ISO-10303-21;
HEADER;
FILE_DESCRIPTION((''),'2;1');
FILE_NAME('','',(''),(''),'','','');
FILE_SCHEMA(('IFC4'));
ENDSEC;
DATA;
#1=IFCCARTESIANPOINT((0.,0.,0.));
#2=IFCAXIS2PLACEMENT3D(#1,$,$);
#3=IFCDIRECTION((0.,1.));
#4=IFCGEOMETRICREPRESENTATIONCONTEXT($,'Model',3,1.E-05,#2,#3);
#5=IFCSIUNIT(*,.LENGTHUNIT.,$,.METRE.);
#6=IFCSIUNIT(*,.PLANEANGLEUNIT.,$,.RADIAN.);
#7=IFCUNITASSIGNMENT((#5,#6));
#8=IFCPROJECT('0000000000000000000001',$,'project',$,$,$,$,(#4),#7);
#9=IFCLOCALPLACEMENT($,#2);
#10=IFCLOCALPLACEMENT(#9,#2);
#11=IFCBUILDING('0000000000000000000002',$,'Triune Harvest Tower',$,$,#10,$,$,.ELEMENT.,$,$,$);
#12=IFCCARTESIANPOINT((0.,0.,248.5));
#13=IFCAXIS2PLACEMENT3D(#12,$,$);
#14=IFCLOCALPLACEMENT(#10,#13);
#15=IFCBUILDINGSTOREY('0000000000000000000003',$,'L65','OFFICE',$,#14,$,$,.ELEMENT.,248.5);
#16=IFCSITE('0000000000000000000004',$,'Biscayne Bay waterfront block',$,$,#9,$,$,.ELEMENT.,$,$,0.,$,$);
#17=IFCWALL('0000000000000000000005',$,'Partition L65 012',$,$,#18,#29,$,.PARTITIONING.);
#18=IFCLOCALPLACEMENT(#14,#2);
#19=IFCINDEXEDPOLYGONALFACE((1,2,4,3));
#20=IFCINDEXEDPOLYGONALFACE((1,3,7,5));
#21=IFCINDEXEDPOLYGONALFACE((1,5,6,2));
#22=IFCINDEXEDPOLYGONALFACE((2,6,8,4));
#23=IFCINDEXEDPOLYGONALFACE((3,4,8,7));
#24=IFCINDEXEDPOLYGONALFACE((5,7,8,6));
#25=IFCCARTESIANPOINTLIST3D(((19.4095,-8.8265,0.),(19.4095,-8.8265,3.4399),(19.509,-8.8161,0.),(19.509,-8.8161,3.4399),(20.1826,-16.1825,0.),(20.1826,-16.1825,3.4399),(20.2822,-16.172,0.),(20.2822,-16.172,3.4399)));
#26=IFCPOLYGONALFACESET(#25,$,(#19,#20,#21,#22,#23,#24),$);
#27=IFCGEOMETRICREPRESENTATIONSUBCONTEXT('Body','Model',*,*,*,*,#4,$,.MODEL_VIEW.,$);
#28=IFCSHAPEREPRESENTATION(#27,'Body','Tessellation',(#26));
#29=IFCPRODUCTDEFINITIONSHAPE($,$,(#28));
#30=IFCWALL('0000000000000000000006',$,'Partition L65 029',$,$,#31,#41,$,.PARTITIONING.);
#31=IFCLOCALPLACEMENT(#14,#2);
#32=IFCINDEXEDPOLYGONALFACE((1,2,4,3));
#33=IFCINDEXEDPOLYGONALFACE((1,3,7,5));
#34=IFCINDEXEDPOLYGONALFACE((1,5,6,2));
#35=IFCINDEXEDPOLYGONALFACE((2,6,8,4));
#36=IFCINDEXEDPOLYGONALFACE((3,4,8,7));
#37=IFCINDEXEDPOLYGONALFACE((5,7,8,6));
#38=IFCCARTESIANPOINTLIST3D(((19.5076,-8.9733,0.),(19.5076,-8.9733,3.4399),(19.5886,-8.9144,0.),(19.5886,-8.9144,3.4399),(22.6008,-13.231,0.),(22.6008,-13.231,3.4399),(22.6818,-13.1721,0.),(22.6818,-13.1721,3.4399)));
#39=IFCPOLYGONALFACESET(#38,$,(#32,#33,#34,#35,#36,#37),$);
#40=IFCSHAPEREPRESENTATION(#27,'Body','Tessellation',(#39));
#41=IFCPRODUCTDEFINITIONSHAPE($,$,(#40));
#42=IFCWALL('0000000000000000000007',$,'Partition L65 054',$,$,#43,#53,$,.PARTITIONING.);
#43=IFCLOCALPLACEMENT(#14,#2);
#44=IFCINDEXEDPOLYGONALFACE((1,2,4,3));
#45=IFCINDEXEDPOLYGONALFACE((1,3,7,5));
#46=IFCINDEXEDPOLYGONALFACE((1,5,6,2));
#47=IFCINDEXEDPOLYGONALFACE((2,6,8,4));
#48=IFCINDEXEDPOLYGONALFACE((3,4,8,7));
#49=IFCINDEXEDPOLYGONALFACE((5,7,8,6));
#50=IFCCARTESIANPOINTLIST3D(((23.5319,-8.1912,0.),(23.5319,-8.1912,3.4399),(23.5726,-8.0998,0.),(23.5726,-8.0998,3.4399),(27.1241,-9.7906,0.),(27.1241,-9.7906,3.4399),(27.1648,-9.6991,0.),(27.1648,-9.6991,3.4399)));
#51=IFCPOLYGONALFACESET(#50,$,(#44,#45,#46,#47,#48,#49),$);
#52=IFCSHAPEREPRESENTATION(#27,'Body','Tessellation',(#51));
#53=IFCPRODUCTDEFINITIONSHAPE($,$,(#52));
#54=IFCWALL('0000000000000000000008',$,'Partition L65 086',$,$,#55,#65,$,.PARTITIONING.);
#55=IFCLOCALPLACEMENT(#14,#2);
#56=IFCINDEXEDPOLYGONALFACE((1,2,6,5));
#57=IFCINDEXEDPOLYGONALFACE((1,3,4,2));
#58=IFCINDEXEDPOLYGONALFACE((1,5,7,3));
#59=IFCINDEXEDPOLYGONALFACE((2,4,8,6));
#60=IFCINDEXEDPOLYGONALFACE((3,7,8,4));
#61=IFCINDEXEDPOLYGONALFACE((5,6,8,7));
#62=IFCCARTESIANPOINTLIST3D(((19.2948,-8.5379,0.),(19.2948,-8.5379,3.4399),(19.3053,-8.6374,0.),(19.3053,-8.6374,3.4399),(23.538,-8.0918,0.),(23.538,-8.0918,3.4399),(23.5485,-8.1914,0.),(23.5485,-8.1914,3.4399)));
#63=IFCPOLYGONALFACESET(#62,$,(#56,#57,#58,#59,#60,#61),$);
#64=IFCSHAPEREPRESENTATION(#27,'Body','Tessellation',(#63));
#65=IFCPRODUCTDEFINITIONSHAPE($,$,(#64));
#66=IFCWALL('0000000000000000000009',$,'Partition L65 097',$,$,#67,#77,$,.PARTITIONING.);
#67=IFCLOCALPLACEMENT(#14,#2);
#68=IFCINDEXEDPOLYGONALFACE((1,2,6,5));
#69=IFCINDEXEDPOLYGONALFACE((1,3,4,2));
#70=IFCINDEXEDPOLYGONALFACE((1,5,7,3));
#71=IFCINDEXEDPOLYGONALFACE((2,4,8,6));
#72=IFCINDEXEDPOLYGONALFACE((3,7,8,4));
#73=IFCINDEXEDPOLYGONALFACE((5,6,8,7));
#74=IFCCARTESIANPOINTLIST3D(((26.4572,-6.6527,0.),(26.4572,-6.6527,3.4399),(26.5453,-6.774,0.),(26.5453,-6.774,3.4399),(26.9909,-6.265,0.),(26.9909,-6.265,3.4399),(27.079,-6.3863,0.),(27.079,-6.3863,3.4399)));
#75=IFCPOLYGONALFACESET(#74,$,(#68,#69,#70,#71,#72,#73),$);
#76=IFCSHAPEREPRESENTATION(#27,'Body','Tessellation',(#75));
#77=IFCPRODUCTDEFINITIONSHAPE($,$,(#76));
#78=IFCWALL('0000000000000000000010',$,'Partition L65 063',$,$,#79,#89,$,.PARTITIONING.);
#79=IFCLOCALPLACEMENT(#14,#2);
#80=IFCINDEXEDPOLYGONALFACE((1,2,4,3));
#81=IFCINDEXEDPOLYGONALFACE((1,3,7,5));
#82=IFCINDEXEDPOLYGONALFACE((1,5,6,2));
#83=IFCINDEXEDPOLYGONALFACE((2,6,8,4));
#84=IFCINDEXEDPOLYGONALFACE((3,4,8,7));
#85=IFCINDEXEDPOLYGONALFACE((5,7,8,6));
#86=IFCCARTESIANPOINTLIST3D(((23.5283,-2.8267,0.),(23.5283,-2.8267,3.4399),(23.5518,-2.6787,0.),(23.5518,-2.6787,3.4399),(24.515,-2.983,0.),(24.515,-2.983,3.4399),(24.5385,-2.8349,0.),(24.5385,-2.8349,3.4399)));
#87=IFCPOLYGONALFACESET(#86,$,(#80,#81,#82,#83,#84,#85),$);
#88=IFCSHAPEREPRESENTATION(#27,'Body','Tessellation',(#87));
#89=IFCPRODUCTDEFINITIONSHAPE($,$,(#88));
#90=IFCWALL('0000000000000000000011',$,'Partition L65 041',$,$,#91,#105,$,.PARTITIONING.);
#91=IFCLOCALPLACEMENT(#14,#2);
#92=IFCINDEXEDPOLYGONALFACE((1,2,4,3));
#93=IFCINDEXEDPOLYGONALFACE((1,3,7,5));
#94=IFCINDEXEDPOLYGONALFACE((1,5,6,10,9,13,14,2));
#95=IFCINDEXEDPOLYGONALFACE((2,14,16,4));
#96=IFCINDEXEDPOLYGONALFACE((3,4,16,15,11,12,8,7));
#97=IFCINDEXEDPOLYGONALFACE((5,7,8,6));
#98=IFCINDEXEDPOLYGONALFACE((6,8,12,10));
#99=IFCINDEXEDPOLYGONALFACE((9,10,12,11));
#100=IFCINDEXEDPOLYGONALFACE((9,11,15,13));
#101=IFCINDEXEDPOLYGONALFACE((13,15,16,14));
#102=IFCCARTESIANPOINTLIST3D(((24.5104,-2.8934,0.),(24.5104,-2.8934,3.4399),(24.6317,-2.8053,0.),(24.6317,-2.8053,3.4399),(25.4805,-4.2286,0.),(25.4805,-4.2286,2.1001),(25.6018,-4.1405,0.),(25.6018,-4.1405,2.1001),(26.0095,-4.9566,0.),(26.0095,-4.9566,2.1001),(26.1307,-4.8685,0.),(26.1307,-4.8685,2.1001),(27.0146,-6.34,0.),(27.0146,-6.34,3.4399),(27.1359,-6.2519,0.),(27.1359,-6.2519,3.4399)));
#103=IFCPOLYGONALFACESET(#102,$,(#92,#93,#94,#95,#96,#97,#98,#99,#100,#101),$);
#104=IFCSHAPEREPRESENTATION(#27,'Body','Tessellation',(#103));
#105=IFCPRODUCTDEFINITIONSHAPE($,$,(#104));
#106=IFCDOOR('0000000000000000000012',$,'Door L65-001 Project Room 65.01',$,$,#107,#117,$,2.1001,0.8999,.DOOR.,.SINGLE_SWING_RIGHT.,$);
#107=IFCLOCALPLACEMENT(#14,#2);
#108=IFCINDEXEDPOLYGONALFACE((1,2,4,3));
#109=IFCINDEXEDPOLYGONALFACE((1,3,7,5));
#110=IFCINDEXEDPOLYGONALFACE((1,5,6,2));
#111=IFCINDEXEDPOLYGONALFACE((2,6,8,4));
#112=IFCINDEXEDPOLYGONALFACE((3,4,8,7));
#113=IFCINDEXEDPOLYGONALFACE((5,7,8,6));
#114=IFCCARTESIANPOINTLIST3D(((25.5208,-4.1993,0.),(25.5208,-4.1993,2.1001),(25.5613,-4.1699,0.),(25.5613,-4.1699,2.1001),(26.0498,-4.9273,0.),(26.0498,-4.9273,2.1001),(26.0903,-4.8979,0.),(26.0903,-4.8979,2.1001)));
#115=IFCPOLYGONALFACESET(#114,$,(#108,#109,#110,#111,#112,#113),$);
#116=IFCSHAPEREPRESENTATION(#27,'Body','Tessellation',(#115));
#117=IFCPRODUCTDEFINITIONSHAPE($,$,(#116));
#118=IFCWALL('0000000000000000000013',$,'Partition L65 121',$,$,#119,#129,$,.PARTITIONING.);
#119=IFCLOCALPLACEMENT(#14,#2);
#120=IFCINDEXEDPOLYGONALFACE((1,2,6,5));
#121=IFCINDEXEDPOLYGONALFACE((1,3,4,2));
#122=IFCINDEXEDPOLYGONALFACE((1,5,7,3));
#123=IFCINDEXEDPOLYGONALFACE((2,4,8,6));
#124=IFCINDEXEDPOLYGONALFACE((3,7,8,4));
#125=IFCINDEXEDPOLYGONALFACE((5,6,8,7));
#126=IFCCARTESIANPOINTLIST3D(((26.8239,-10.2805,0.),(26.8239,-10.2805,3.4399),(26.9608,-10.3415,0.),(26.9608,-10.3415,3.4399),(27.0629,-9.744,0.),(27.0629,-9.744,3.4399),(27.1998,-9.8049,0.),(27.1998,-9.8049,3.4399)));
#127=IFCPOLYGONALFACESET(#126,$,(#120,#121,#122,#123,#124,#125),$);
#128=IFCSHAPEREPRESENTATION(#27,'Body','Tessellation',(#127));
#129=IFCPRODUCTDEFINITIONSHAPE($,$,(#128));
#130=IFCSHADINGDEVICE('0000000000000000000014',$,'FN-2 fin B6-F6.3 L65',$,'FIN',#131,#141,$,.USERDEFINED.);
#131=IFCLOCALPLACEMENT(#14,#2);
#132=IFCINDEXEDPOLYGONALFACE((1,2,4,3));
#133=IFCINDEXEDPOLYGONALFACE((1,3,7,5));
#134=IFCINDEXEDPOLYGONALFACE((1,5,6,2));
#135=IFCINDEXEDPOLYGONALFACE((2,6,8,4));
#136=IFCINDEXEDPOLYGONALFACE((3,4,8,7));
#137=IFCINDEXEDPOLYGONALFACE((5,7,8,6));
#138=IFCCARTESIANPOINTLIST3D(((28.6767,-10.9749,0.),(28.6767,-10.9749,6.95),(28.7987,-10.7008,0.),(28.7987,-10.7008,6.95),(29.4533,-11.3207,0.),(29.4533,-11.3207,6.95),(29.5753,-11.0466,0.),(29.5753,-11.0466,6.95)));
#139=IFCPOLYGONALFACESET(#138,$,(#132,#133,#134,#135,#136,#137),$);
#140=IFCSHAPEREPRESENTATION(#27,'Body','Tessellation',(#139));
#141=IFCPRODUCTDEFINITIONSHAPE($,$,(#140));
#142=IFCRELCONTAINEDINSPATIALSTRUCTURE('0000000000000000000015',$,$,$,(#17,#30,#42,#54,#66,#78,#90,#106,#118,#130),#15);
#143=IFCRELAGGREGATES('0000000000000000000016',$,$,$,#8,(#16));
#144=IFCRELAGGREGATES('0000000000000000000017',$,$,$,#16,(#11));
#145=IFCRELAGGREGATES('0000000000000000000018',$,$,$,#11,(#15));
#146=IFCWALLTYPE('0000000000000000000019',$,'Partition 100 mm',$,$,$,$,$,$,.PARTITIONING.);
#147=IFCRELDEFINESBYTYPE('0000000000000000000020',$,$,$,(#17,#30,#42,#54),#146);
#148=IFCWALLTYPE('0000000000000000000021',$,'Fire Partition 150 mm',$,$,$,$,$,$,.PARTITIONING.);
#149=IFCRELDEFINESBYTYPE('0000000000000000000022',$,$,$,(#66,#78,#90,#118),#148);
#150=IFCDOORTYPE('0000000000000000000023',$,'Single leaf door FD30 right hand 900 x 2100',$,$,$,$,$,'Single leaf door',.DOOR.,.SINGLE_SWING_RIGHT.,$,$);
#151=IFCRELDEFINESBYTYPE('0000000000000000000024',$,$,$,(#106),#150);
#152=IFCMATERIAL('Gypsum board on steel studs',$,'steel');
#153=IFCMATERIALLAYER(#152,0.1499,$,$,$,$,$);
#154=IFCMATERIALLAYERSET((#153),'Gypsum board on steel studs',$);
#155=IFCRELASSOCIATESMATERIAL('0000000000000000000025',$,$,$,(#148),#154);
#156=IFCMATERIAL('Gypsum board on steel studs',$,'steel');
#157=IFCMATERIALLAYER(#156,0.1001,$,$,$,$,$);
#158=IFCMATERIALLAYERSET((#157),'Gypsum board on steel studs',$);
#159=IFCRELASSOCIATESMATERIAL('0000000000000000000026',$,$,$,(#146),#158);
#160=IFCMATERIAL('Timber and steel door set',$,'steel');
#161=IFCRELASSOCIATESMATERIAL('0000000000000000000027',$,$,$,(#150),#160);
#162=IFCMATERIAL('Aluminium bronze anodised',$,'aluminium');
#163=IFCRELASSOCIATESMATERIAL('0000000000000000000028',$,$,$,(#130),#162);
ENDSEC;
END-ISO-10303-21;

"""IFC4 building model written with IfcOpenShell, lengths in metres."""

from ifc_helpers import new_model, si_unit, direction, frame, frame_2d, origin, origin_2d, place, context, subcontext, project, spatial, rectangle, extrude, source, transform, mapped, material, layer, layer_set, type_object, element, fill, save


model = new_model("IFC4")

# Units and contexts
model_context = context("Model", 3, precision=1e-05, world=origin(), true_north=direction((0.0, 1.0)))
body_context = subcontext(model_context, "Body", "Model", "MODEL_VIEW")
ifc_project = project(units=[si_unit("LENGTHUNIT", "METRE"), si_unit("PLANEANGLEUNIT", "RADIAN")], contexts=[model_context])

# Site, building, storey
site_placement = place(None, origin())
site = spatial("IfcSite", under=ifc_project, at=site_placement, Name="Biscayne Bay waterfront block", CompositionType="ELEMENT", RefElevation=0.0)
building_placement = place(site_placement, origin())
building = spatial("IfcBuilding", under=site, at=building_placement, Name="Triune Harvest Tower", CompositionType="ELEMENT")
storey_placement = place(building_placement, frame((0.0, 0.0, 248.5)))
storey = spatial("IfcBuildingStorey", under=building, at=storey_placement, Name="L65", Description="OFFICE", CompositionType="ELEMENT", Elevation=248.5)

# Walls
ifc_material_1 = material(Name="Gypsum board on steel studs", Category="steel")
ifc_layer_1 = layer(ifc_material_1, 0.1499)
ifc_layer_set_1 = layer_set([ifc_layer_1], Name="Gypsum board on steel studs")
wall_type_1 = type_object("IfcWallType", Name="Fire Partition 150 mm", PredefinedType="PARTITIONING", material=ifc_layer_set_1)
ifc_material_2 = material(Name="Gypsum board on steel studs", Category="steel")
ifc_layer_2 = layer(ifc_material_2, 0.1001)
ifc_layer_set_2 = layer_set([ifc_layer_2], Name="Gypsum board on steel studs")
wall_type_2 = type_object("IfcWallType", Name="Partition 100 mm", PredefinedType="PARTITIONING", material=ifc_layer_set_2)
wall_1_placement = place(storey_placement, frame((19.4592, -8.8213, 0.0), z_axis=(0.0, 0.0, 1.0), x_axis=(0.104535, -0.994521, 0.0)))
element("IfcWall", 1, at=wall_1_placement, inside=storey, type_object=wall_type_2, Name="Partition L65 012", PredefinedType="PARTITIONING", context=body_context, shape_type="SweptSolid", body=[
    extrude(rectangle(XDim=7.3965, YDim=0.1001, at=frame_2d((3.6982, 0.0))), origin(), (0.0, 0.0, 1.0), 3.4399),
])
wall_2_placement = place(storey_placement, frame((19.5481, -8.9438, 0.0), z_axis=(0.0, 0.0, 1.0), x_axis=(0.587758, -0.809037, 0.0)))
element("IfcWall", 2, at=wall_2_placement, inside=storey, type_object=wall_type_2, Name="Partition L65 029", PredefinedType="PARTITIONING", context=body_context, shape_type="SweptSolid", body=[
    extrude(rectangle(XDim=5.2627, YDim=0.1001, at=frame_2d((2.6313, 0.0))), origin(), (0.0, 0.0, 1.0), 3.4399),
])
wall_3_placement = place(storey_placement, frame((23.5522, -8.1455, 0.0), z_axis=(0.0, 0.0, 1.0), x_axis=(0.913548, -0.406732, 0.0)))
element("IfcWall", 3, at=wall_3_placement, inside=storey, type_object=wall_type_2, Name="Partition L65 054", PredefinedType="PARTITIONING", context=body_context, shape_type="SweptSolid", body=[
    extrude(rectangle(XDim=3.9321, YDim=0.1001, at=frame_2d((1.9661, 0.0))), origin(), (0.0, 0.0, 1.0), 3.4399),
])
wall_4_placement = place(storey_placement, frame((19.3, -8.5876, 0.0), z_axis=(0.0, 0.0, 1.0), x_axis=(0.99452, 0.104545, 0.0)))
element("IfcWall", 4, at=wall_4_placement, inside=storey, type_object=wall_type_2, Name="Partition L65 086", PredefinedType="PARTITIONING", context=body_context, shape_type="SweptSolid", body=[
    extrude(rectangle(XDim=4.2666, YDim=0.1001, at=frame_2d((2.1333, 0.0))), origin(), (0.0, 0.0, 1.0), 3.4399),
])
shared_shape_1 = source(origin(), body_context, "Body", "SweptSolid", [
    extrude(rectangle(XDim=0.6597, YDim=0.1499, at=frame_2d((0.3298, 0.0))), origin(), (0.0, 0.0, 1.0), 3.4399),
])
wall_5_placement = place(storey_placement, frame((26.5012, -6.7134, 0.0), z_axis=(0.0, 0.0, 1.0), x_axis=(0.809056, 0.587731, 0.0)))
element("IfcWall", 5, at=wall_5_placement, inside=storey, type_object=wall_type_1, Name="Partition L65 097", PredefinedType="PARTITIONING", context=body_context, shape_type="MappedRepresentation", body=[
    mapped(shared_shape_1, transform((0.0, 0.0, 0.0), scale=1.0)),
])
shared_shape_2 = source(origin(), body_context, "Body", "SweptSolid", [
    extrude(rectangle(XDim=0.999, YDim=0.1499, at=frame_2d((0.4995, 0.0))), origin(), (0.0, 0.0, 1.0), 3.4399),
])
wall_6_placement = place(storey_placement, frame((23.54, -2.7527, 0.0), z_axis=(0.0, 0.0, 1.0), x_axis=(0.987696, -0.156389, 0.0)))
element("IfcWall", 6, at=wall_6_placement, inside=storey, type_object=wall_type_1, Name="Partition L65 063", PredefinedType="PARTITIONING", context=body_context, shape_type="MappedRepresentation", body=[
    mapped(shared_shape_2, transform((0.0, 0.0, 0.0), scale=1.0)),
])

# Wall, opening, door
shared_shape_3 = source(origin(), body_context, "Body", "SweptSolid", [
    extrude(rectangle(XDim=4.2603, YDim=0.1499, at=frame_2d((2.1301, 0.0))), origin(), (0.0, 0.0, 1.0), 3.4399),
])
wall_7_placement = place(storey_placement, frame((24.571, -2.8494, 0.0), z_axis=(0.0, 0.0, 1.0), x_axis=(0.5878, -0.809006, 0.0)))
wall_7 = element("IfcWall", 7, at=wall_7_placement, inside=storey, type_object=wall_type_1, Name="Partition L65 041", PredefinedType="PARTITIONING", context=body_context, shape_type="MappedRepresentation", body=[
    mapped(shared_shape_3, transform((0.0, 0.0, 0.0), scale=1.0)),
])
opening_placement = place(wall_7_placement, frame((1.6504, 0.0, 0.0)))
opening = element("IfcOpeningElement", 8, at=opening_placement, cuts=wall_7, PredefinedType="OPENING", context=body_context, shape_type="SweptSolid", body=[
    extrude(rectangle(XDim=0.8999, YDim=2.1001, at=frame_2d((0.45, 1.05))), frame((0.0, 0.085, 0.0), z_axis=(0.0, -1.0, 0.0), x_axis=(1.0, 0.0, 0.0)), (0.0, 0.0, 1.0), 0.1699),
])
ifc_material_3 = material(Name="Timber and steel door set", Category="steel")
door_type = type_object("IfcDoorType", Name="Single leaf door FD30 right hand 900 x 2100", ElementType="Single leaf door", OperationType="SINGLE_SWING_RIGHT", PredefinedType="DOOR", material=ifc_material_3)
door_placement = place(opening_placement, origin())
door = element("IfcDoor", 9, at=door_placement, inside=storey, type_object=door_type, Name="Door L65-001 Project Room 65.01", OperationType="SINGLE_SWING_RIGHT", OverallHeight=2.1001, OverallWidth=0.8999, PredefinedType="DOOR", context=body_context, shape_type="SweptSolid", body=[
    extrude(rectangle(XDim=0.8999, YDim=2.1001, at=frame_2d((0.45, 1.05))), frame((0.0, 0.0249, 0.0), z_axis=(0.0, -1.0, 0.0), x_axis=(1.0, 0.0, 0.0)), (0.0, 0.0, 1.0), 0.05),
])
fill(opening, door)

# Wall
shared_shape_4 = source(origin(), body_context, "Body", "SweptSolid", [
    extrude(rectangle(XDim=0.5874, YDim=0.1499, at=frame_2d((0.2937, 0.0))), origin(), (0.0, 0.0, 1.0), 3.4399),
])
wall_8_placement = place(storey_placement, frame((26.8923, -10.311, 0.0), z_axis=(0.0, 0.0, 1.0), x_axis=(0.406871, 0.913486, 0.0)))
element("IfcWall", 10, at=wall_8_placement, inside=storey, type_object=wall_type_1, Name="Partition L65 121", PredefinedType="PARTITIONING", context=body_context, shape_type="MappedRepresentation", body=[
    mapped(shared_shape_4, transform((0.0, 0.0, 0.0), scale=1.0)),
])

# Shading device
ifc_material_4 = material(Name="Aluminium bronze anodised", Category="aluminium")
shared_shape_5 = source(origin(), body_context, "Body", "SweptSolid", [
    extrude(rectangle(XDim=0.3, YDim=0.8501, at=origin_2d()), origin(), (0.0, 0.0, 1.0), 6.95),
])
shading_device_placement = place(storey_placement, frame((29.126, -11.0107, 0.0), z_axis=(0.0, 0.0, 1.0), x_axis=(0.406743, 0.913543, 0.0)))
element("IfcShadingDevice", 11, at=shading_device_placement, inside=storey, material=ifc_material_4, Name="FN-2 fin B6-F6.3 L65", ObjectType="FIN", PredefinedType="USERDEFINED", context=body_context, shape_type="MappedRepresentation", body=[
    mapped(shared_shape_5, transform((0.0, 0.0, 0.0), scale=1.0)),
])

save(model, "model.ifc")
